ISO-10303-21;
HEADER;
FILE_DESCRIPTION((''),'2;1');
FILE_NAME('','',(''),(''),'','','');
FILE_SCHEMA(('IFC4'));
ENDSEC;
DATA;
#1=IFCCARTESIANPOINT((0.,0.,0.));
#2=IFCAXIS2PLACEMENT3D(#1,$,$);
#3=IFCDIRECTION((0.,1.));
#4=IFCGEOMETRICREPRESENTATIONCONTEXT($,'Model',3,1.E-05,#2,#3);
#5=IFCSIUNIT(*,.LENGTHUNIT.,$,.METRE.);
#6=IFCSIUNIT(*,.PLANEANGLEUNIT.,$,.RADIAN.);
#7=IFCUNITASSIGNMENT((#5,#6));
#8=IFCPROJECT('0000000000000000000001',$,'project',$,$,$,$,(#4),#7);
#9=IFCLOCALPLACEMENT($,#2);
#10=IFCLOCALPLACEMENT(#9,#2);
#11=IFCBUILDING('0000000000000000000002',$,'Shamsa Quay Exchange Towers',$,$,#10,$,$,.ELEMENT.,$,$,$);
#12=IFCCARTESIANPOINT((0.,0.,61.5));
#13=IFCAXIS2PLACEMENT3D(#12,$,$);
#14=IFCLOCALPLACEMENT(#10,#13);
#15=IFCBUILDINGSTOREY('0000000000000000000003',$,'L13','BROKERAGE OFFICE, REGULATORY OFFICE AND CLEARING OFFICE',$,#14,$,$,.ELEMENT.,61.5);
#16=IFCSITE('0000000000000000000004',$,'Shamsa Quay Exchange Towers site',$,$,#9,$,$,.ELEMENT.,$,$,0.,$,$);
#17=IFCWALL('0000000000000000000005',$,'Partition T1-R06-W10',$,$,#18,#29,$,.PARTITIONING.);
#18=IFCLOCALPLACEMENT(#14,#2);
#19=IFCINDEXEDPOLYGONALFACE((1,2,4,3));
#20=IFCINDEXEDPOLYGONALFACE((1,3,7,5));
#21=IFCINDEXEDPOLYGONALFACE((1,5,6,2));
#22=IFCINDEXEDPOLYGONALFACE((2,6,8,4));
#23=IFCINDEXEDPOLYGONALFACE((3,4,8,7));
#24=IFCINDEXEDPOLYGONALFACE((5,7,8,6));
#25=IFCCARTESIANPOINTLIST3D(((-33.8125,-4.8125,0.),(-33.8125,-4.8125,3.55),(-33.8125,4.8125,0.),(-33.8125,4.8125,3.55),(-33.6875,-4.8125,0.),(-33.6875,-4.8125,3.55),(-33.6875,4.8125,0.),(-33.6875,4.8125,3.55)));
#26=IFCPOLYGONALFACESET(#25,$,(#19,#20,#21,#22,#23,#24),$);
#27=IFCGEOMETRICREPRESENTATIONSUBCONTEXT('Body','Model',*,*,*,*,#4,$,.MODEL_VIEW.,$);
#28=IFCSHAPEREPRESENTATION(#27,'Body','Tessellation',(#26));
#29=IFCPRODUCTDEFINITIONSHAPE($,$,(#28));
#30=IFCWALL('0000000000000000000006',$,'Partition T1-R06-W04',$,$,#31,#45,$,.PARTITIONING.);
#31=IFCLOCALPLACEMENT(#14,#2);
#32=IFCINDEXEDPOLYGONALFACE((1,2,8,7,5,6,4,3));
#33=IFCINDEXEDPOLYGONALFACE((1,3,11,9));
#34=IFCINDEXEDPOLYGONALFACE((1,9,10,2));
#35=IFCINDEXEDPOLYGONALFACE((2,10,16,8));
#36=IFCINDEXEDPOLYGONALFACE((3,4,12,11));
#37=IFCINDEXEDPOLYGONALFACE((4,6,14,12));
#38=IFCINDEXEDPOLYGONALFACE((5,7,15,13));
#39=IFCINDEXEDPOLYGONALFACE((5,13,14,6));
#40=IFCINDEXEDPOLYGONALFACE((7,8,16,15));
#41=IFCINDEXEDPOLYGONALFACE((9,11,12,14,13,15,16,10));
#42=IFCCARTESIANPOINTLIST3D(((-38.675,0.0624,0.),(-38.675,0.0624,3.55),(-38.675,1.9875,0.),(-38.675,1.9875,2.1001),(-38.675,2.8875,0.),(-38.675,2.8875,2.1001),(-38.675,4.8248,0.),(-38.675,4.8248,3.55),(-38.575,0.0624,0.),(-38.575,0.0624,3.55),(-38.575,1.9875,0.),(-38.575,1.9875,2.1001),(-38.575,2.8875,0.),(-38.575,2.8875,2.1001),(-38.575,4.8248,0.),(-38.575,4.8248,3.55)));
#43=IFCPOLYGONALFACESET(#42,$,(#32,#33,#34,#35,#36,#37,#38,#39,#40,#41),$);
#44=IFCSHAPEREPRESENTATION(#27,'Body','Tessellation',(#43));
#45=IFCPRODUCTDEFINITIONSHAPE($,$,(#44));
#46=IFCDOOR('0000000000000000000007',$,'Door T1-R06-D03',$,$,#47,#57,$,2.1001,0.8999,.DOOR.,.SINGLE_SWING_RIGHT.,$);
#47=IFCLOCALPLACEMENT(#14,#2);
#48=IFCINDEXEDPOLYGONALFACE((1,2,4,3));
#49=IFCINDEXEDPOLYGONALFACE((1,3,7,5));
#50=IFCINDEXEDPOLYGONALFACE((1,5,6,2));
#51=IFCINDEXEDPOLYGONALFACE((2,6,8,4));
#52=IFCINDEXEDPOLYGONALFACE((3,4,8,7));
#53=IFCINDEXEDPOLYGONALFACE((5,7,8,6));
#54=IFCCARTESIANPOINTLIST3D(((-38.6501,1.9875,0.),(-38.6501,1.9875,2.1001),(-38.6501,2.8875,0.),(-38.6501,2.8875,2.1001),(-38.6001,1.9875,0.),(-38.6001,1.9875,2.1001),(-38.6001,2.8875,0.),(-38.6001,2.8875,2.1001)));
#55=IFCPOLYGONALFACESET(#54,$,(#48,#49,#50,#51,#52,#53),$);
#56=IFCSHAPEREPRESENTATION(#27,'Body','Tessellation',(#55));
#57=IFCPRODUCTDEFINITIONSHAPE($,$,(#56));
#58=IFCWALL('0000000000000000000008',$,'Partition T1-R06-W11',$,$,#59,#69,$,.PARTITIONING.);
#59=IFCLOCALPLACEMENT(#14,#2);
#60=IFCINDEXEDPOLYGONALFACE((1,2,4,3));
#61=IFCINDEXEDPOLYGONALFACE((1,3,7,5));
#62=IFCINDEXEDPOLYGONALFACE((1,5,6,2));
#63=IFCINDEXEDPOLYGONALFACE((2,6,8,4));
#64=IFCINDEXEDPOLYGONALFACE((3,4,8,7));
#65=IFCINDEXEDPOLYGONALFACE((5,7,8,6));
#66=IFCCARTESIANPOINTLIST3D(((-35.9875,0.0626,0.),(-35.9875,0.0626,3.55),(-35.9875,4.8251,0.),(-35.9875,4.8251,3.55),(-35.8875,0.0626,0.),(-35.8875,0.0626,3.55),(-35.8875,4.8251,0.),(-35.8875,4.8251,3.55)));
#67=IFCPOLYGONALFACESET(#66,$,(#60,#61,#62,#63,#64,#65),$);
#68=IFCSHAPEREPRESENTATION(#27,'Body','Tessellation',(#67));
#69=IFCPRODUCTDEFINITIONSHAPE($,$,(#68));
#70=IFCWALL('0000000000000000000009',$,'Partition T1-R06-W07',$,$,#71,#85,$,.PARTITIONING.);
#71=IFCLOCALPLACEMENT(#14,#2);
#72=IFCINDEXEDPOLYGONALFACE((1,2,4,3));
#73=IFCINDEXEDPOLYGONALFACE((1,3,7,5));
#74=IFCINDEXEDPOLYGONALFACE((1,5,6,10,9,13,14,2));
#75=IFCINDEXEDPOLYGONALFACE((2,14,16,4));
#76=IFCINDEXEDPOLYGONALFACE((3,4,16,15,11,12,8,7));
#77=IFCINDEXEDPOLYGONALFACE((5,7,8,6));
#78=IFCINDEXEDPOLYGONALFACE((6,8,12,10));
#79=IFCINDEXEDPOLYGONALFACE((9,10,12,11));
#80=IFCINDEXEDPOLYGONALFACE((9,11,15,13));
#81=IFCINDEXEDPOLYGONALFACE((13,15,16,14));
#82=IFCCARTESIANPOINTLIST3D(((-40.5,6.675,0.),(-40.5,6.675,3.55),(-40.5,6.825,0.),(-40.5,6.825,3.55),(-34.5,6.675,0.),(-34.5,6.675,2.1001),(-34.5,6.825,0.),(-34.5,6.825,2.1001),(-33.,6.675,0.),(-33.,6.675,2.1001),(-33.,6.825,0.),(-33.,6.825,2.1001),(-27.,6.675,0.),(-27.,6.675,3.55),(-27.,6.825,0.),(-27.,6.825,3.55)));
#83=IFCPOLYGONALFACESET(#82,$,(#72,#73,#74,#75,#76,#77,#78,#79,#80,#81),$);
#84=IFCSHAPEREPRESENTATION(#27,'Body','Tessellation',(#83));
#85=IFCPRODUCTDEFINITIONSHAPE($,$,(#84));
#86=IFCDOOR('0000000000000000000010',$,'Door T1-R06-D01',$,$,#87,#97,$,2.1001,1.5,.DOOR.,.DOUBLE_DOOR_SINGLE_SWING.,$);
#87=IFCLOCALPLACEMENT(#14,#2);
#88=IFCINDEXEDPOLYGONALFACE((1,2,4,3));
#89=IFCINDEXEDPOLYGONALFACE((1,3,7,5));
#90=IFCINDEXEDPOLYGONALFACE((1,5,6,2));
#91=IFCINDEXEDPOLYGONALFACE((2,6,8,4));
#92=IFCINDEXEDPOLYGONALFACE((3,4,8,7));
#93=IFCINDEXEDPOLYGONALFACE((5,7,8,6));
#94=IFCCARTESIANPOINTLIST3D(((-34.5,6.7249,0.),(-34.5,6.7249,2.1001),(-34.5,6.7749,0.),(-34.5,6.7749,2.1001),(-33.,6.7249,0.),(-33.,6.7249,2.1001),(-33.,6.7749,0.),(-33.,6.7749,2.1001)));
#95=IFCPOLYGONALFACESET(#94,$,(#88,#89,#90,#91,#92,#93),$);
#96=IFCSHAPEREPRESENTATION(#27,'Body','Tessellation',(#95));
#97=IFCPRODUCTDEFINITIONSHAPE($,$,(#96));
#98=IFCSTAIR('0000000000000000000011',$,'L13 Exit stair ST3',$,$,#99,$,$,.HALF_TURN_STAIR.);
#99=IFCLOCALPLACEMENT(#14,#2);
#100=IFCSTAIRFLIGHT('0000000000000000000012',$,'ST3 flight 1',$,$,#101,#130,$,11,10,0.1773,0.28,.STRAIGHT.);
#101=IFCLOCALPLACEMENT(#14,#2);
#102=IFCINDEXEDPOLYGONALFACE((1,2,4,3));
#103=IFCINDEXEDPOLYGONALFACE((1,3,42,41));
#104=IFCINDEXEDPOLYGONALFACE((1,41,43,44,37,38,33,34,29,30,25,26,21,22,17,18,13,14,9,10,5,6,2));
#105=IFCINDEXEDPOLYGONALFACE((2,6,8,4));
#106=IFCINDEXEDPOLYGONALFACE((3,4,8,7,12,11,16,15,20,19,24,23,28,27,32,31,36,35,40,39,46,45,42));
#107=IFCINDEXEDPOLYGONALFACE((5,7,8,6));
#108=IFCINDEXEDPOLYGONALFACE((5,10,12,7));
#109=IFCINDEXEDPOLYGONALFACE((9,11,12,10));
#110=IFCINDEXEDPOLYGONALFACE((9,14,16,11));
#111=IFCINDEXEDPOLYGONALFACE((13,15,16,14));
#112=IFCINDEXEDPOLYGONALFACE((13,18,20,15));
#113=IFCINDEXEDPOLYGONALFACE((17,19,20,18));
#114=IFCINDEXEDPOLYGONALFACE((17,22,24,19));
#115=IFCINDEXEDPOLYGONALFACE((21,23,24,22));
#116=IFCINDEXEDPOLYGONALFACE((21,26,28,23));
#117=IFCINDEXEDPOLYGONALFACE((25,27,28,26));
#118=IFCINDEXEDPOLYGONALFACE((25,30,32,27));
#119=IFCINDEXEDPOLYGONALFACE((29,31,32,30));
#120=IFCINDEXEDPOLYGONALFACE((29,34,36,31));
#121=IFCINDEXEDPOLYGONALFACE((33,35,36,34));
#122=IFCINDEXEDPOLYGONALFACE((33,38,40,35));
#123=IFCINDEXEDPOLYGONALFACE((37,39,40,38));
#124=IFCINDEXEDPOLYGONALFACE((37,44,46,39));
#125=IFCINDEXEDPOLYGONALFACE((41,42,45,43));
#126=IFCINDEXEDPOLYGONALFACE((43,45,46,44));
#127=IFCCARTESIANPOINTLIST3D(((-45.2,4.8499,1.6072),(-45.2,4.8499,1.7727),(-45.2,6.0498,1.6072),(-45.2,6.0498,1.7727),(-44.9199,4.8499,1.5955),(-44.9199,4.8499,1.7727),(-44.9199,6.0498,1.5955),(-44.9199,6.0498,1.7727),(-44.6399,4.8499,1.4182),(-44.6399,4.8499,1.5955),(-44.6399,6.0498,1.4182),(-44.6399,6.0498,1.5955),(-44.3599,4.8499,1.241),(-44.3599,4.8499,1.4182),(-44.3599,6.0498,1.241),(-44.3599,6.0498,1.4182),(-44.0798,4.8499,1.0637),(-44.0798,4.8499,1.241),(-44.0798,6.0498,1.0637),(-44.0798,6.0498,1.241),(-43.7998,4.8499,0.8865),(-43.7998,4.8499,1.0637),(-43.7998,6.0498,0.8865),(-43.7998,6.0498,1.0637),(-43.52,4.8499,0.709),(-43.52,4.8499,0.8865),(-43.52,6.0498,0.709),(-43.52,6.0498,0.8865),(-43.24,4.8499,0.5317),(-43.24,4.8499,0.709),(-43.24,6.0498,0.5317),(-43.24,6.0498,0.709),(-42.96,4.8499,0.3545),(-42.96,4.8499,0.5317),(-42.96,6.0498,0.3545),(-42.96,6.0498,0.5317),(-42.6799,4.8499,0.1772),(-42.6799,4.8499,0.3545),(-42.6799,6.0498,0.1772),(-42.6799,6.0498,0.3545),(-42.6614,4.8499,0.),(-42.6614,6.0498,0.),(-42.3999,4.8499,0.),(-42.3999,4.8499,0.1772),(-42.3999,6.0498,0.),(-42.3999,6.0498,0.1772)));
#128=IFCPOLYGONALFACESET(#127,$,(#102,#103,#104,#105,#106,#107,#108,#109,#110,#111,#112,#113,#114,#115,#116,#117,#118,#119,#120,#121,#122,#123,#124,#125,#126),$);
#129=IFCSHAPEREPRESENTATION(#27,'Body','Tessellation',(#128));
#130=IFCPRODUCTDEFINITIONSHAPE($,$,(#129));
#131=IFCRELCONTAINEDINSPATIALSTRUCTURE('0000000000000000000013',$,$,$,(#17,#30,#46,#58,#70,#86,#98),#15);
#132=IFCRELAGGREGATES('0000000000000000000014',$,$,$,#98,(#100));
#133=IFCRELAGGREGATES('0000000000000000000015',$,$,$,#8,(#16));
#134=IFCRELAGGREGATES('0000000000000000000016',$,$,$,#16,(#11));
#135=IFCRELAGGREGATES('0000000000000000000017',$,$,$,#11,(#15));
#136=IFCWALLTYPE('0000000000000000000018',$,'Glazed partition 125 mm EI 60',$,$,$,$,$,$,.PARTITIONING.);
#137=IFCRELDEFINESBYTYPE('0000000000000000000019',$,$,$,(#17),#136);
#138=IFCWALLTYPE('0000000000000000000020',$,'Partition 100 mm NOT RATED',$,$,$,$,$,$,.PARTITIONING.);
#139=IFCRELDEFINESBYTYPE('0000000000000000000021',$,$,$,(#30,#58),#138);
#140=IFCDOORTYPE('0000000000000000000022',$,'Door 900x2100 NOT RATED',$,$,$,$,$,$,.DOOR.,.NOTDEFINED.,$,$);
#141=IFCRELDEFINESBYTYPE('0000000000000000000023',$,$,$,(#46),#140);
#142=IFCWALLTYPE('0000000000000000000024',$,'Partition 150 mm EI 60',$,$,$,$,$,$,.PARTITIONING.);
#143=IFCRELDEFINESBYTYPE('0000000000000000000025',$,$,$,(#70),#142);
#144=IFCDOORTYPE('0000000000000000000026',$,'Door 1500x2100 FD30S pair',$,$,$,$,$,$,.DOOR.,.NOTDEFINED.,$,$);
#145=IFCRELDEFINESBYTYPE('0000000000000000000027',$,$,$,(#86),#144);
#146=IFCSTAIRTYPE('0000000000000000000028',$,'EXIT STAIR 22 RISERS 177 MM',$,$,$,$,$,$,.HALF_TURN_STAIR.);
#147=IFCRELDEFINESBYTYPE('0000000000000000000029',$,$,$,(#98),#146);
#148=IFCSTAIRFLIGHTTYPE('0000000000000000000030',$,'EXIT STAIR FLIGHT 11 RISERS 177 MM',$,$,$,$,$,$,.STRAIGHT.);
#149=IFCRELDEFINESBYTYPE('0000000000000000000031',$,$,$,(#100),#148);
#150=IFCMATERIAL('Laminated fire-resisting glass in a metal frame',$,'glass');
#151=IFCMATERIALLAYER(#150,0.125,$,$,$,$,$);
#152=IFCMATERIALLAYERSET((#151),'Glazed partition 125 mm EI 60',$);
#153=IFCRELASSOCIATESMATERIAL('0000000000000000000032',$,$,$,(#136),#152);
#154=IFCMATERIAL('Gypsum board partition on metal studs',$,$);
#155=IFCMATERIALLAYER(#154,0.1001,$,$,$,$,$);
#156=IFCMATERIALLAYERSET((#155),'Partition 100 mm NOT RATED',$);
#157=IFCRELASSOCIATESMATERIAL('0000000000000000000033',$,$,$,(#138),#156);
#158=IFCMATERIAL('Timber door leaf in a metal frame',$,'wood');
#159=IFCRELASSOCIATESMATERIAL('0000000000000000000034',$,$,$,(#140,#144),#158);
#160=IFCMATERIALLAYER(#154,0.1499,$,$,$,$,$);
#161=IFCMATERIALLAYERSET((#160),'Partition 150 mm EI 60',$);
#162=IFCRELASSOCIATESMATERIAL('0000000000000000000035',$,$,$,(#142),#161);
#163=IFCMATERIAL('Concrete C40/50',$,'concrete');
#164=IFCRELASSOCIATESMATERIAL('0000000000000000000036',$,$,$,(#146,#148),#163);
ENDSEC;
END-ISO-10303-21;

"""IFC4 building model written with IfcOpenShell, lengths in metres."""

from ifc_helpers import new_model, si_unit, direction, frame, frame_2d, origin, place, context, subcontext, project, spatial, polyline, rectangle, outline, extrude, material, layer, layer_set, type_object, element, fill, aggregate, save


model = new_model("IFC4")

# Units and contexts
model_context = context("Model", 3, precision=1e-05, world=origin(), true_north=direction((0.0, 1.0)))
body_context = subcontext(model_context, "Body", "Model", "MODEL_VIEW")
ifc_project = project(units=[si_unit("LENGTHUNIT", "METRE"), si_unit("PLANEANGLEUNIT", "RADIAN")], contexts=[model_context])

# Site, building, storey
site_placement = place(None, origin())
site = spatial("IfcSite", under=ifc_project, at=site_placement, Name="Shamsa Quay Exchange Towers site", CompositionType="ELEMENT", RefElevation=0.0)
building_placement = place(site_placement, origin())
building = spatial("IfcBuilding", under=site, at=building_placement, Name="Shamsa Quay Exchange Towers", CompositionType="ELEMENT")
storey_placement = place(building_placement, frame((0.0, 0.0, 61.5)))
storey = spatial("IfcBuildingStorey", under=building, at=storey_placement, Name="L13", Description="BROKERAGE OFFICE, REGULATORY OFFICE AND CLEARING OFFICE", CompositionType="ELEMENT", Elevation=61.5)

# Wall
ifc_material_1 = material(Name="Laminated fire-resisting glass in a metal frame", Category="glass")
ifc_layer_1 = layer(ifc_material_1, 0.125)
ifc_layer_set_1 = layer_set([ifc_layer_1], Name="Glazed partition 125 mm EI 60")
wall_type_1 = type_object("IfcWallType", Name="Glazed partition 125 mm EI 60", PredefinedType="PARTITIONING", material=ifc_layer_set_1)
wall_1_placement = place(storey_placement, frame((-33.75, 4.8125, 0.0), z_axis=(0.0, 0.0, 1.0), x_axis=(0.0, -1.0, 0.0)))
element("IfcWall", 1, at=wall_1_placement, inside=storey, type_object=wall_type_1, Name="Partition T1-R06-W10", PredefinedType="PARTITIONING", context=body_context, shape_type="SweptSolid", body=[
    extrude(rectangle(XDim=9.625, YDim=0.125, at=frame_2d((4.8125, 0.0))), origin(), (0.0, 0.0, 1.0), 3.55),
])

# Wall, opening, door
ifc_material_2 = material(Name="Gypsum board partition on metal studs")
ifc_layer_2 = layer(ifc_material_2, 0.1001)
ifc_layer_set_2 = layer_set([ifc_layer_2], Name="Partition 100 mm NOT RATED")
wall_type_2 = type_object("IfcWallType", Name="Partition 100 mm NOT RATED", PredefinedType="PARTITIONING", material=ifc_layer_set_2)
wall_2_placement = place(storey_placement, frame((-38.625, 4.825, 0.0), z_axis=(0.0, 0.0, 1.0), x_axis=(0.0, -1.0, 0.0)))
wall_2 = element("IfcWall", 2, at=wall_2_placement, inside=storey, type_object=wall_type_2, Name="Partition T1-R06-W04", PredefinedType="PARTITIONING", context=body_context, shape_type="SweptSolid", body=[
    extrude(rectangle(XDim=4.7625, YDim=0.1001, at=frame_2d((2.3813, 0.0))), origin(), (0.0, 0.0, 1.0), 3.55),
])
opening_1_placement = place(wall_2_placement, frame((1.9375, 0.0, 0.0)))
opening_1 = element("IfcOpeningElement", 3, at=opening_1_placement, cuts=wall_2, PredefinedType="OPENING", context=body_context, shape_type="SweptSolid", body=[
    extrude(rectangle(XDim=0.8999, YDim=2.1001, at=frame_2d((0.45, 1.05))), frame((0.0, 0.0601, 0.0), z_axis=(0.0, -1.0, 0.0), x_axis=(1.0, 0.0, 0.0)), (0.0, 0.0, 1.0), 0.1201),
])
ifc_material_3 = material(Name="Timber door leaf in a metal frame", Category="wood")
door_type_1 = type_object("IfcDoorType", Name="Door 900x2100 NOT RATED", OperationType="NOTDEFINED", PredefinedType="DOOR", material=ifc_material_3)
door_1_placement = place(opening_1_placement, origin())
door_1 = element("IfcDoor", 4, at=door_1_placement, inside=storey, type_object=door_type_1, Name="Door T1-R06-D03", OperationType="SINGLE_SWING_RIGHT", OverallHeight=2.1001, OverallWidth=0.8999, PredefinedType="DOOR", context=body_context, shape_type="SweptSolid", body=[
    extrude(rectangle(XDim=0.8999, YDim=2.1001, at=frame_2d((0.45, 1.05))), frame((0.0, 0.0249, 0.0), z_axis=(0.0, -1.0, 0.0), x_axis=(1.0, 0.0, 0.0)), (0.0, 0.0, 1.0), 0.05),
])
fill(opening_1, door_1)

# Wall
wall_3_placement = place(storey_placement, frame((-35.9375, 0.0625, 0.0), z_axis=(0.0, 0.0, 1.0), x_axis=(0.0, 1.0, 0.0)))
element("IfcWall", 5, at=wall_3_placement, inside=storey, type_object=wall_type_2, Name="Partition T1-R06-W11", PredefinedType="PARTITIONING", context=body_context, shape_type="SweptSolid", body=[
    extrude(rectangle(XDim=4.7625, YDim=0.1001, at=frame_2d((2.3813, 0.0))), origin(), (0.0, 0.0, 1.0), 3.55),
])

# Wall, opening, door
ifc_layer_3 = layer(ifc_material_2, 0.1499)
ifc_layer_set_3 = layer_set([ifc_layer_3], Name="Partition 150 mm EI 60")
wall_type_3 = type_object("IfcWallType", Name="Partition 150 mm EI 60", PredefinedType="PARTITIONING", material=ifc_layer_set_3)
wall_4_placement = place(storey_placement, frame((-40.5, 6.75, 0.0)))
wall_4 = element("IfcWall", 6, at=wall_4_placement, inside=storey, type_object=wall_type_3, Name="Partition T1-R06-W07", PredefinedType="PARTITIONING", context=body_context, shape_type="SweptSolid", body=[
    extrude(rectangle(XDim=13.5, YDim=0.1499, at=frame_2d((6.75, 0.0))), origin(), (0.0, 0.0, 1.0), 3.55),
])
opening_2_placement = place(wall_4_placement, frame((6.0, 0.0, 0.0)))
opening_2 = element("IfcOpeningElement", 7, at=opening_2_placement, cuts=wall_4, PredefinedType="OPENING", context=body_context, shape_type="SweptSolid", body=[
    extrude(rectangle(XDim=1.5, YDim=2.1001, at=frame_2d((0.75, 1.05))), frame((0.0, 0.085, 0.0), z_axis=(0.0, -1.0, 0.0), x_axis=(1.0, 0.0, 0.0)), (0.0, 0.0, 1.0), 0.1699),
])
door_type_2 = type_object("IfcDoorType", Name="Door 1500x2100 FD30S pair", OperationType="NOTDEFINED", PredefinedType="DOOR", material=ifc_material_3)
door_2_placement = place(opening_2_placement, origin())
door_2 = element("IfcDoor", 8, at=door_2_placement, inside=storey, type_object=door_type_2, Name="Door T1-R06-D01", OperationType="DOUBLE_DOOR_SINGLE_SWING", OverallHeight=2.1001, OverallWidth=1.5, PredefinedType="DOOR", context=body_context, shape_type="SweptSolid", body=[
    extrude(rectangle(XDim=1.5, YDim=2.1001, at=frame_2d((0.75, 1.05))), frame((0.0, 0.0249, 0.0), z_axis=(0.0, -1.0, 0.0), x_axis=(1.0, 0.0, 0.0)), (0.0, 0.0, 1.0), 0.05),
])
fill(opening_2, door_2)

# Stair, stair flight
ifc_material_4 = material(Name="Concrete C40/50", Category="concrete")
stair_type = type_object("IfcStairType", Name="EXIT STAIR 22 RISERS 177 MM", PredefinedType="HALF_TURN_STAIR", material=ifc_material_4)
stair_placement = place(storey_placement, origin())
stair = element("IfcStair", 9, at=stair_placement, inside=storey, type_object=stair_type, Name="L13 Exit stair ST3", PredefinedType="HALF_TURN_STAIR")
stair_flight_type = type_object("IfcStairFlightType", Name="EXIT STAIR FLIGHT 11 RISERS 177 MM", PredefinedType="STRAIGHT", material=ifc_material_4)
stair_flight_placement = place(storey_placement, frame((-42.3999, 5.45, 0.0), z_axis=(0.0, 0.0, 1.0), x_axis=(-1.0, 0.0, 0.0)))
stair_flight = element("IfcStairFlight", 10, at=stair_flight_placement, type_object=stair_flight_type, Name="ST3 flight 1", NumberOfRisers=11, NumberOfTreads=10, PredefinedType="STRAIGHT", RiserHeight=0.1773, TreadLength=0.28, context=body_context, shape_type="SweptSolid", body=[
    extrude(outline(polyline([(0.0, 0.0), (0.0, 0.1772), (0.28, 0.1772), (0.28, 0.3545), (0.5601, 0.3545), (0.5601, 0.5317), (0.8401, 0.5317), (0.8401, 0.709), (1.1201, 0.709), (1.1201, 0.8865), (1.3999, 0.8865), (1.3999, 1.0637), (1.6799, 1.0637), (1.6799, 1.241), (1.96, 1.241), (1.96, 1.4182), (2.24, 1.4182), (2.24, 1.5955), (2.52, 1.5955), (2.52, 1.7727), (2.8, 1.7727), (2.8, 1.95), (2.8, 1.6072), (0.2615, 0.0), (0.0, 0.0)])), frame((0.0, 0.6001, 0.0), z_axis=(0.0, -1.0, 0.0), x_axis=(1.0, 0.0, 0.0)), (0.0, 0.0, 1.0), 1.2),
])
aggregate(stair, [stair_flight])

save(model, "model.ifc")
